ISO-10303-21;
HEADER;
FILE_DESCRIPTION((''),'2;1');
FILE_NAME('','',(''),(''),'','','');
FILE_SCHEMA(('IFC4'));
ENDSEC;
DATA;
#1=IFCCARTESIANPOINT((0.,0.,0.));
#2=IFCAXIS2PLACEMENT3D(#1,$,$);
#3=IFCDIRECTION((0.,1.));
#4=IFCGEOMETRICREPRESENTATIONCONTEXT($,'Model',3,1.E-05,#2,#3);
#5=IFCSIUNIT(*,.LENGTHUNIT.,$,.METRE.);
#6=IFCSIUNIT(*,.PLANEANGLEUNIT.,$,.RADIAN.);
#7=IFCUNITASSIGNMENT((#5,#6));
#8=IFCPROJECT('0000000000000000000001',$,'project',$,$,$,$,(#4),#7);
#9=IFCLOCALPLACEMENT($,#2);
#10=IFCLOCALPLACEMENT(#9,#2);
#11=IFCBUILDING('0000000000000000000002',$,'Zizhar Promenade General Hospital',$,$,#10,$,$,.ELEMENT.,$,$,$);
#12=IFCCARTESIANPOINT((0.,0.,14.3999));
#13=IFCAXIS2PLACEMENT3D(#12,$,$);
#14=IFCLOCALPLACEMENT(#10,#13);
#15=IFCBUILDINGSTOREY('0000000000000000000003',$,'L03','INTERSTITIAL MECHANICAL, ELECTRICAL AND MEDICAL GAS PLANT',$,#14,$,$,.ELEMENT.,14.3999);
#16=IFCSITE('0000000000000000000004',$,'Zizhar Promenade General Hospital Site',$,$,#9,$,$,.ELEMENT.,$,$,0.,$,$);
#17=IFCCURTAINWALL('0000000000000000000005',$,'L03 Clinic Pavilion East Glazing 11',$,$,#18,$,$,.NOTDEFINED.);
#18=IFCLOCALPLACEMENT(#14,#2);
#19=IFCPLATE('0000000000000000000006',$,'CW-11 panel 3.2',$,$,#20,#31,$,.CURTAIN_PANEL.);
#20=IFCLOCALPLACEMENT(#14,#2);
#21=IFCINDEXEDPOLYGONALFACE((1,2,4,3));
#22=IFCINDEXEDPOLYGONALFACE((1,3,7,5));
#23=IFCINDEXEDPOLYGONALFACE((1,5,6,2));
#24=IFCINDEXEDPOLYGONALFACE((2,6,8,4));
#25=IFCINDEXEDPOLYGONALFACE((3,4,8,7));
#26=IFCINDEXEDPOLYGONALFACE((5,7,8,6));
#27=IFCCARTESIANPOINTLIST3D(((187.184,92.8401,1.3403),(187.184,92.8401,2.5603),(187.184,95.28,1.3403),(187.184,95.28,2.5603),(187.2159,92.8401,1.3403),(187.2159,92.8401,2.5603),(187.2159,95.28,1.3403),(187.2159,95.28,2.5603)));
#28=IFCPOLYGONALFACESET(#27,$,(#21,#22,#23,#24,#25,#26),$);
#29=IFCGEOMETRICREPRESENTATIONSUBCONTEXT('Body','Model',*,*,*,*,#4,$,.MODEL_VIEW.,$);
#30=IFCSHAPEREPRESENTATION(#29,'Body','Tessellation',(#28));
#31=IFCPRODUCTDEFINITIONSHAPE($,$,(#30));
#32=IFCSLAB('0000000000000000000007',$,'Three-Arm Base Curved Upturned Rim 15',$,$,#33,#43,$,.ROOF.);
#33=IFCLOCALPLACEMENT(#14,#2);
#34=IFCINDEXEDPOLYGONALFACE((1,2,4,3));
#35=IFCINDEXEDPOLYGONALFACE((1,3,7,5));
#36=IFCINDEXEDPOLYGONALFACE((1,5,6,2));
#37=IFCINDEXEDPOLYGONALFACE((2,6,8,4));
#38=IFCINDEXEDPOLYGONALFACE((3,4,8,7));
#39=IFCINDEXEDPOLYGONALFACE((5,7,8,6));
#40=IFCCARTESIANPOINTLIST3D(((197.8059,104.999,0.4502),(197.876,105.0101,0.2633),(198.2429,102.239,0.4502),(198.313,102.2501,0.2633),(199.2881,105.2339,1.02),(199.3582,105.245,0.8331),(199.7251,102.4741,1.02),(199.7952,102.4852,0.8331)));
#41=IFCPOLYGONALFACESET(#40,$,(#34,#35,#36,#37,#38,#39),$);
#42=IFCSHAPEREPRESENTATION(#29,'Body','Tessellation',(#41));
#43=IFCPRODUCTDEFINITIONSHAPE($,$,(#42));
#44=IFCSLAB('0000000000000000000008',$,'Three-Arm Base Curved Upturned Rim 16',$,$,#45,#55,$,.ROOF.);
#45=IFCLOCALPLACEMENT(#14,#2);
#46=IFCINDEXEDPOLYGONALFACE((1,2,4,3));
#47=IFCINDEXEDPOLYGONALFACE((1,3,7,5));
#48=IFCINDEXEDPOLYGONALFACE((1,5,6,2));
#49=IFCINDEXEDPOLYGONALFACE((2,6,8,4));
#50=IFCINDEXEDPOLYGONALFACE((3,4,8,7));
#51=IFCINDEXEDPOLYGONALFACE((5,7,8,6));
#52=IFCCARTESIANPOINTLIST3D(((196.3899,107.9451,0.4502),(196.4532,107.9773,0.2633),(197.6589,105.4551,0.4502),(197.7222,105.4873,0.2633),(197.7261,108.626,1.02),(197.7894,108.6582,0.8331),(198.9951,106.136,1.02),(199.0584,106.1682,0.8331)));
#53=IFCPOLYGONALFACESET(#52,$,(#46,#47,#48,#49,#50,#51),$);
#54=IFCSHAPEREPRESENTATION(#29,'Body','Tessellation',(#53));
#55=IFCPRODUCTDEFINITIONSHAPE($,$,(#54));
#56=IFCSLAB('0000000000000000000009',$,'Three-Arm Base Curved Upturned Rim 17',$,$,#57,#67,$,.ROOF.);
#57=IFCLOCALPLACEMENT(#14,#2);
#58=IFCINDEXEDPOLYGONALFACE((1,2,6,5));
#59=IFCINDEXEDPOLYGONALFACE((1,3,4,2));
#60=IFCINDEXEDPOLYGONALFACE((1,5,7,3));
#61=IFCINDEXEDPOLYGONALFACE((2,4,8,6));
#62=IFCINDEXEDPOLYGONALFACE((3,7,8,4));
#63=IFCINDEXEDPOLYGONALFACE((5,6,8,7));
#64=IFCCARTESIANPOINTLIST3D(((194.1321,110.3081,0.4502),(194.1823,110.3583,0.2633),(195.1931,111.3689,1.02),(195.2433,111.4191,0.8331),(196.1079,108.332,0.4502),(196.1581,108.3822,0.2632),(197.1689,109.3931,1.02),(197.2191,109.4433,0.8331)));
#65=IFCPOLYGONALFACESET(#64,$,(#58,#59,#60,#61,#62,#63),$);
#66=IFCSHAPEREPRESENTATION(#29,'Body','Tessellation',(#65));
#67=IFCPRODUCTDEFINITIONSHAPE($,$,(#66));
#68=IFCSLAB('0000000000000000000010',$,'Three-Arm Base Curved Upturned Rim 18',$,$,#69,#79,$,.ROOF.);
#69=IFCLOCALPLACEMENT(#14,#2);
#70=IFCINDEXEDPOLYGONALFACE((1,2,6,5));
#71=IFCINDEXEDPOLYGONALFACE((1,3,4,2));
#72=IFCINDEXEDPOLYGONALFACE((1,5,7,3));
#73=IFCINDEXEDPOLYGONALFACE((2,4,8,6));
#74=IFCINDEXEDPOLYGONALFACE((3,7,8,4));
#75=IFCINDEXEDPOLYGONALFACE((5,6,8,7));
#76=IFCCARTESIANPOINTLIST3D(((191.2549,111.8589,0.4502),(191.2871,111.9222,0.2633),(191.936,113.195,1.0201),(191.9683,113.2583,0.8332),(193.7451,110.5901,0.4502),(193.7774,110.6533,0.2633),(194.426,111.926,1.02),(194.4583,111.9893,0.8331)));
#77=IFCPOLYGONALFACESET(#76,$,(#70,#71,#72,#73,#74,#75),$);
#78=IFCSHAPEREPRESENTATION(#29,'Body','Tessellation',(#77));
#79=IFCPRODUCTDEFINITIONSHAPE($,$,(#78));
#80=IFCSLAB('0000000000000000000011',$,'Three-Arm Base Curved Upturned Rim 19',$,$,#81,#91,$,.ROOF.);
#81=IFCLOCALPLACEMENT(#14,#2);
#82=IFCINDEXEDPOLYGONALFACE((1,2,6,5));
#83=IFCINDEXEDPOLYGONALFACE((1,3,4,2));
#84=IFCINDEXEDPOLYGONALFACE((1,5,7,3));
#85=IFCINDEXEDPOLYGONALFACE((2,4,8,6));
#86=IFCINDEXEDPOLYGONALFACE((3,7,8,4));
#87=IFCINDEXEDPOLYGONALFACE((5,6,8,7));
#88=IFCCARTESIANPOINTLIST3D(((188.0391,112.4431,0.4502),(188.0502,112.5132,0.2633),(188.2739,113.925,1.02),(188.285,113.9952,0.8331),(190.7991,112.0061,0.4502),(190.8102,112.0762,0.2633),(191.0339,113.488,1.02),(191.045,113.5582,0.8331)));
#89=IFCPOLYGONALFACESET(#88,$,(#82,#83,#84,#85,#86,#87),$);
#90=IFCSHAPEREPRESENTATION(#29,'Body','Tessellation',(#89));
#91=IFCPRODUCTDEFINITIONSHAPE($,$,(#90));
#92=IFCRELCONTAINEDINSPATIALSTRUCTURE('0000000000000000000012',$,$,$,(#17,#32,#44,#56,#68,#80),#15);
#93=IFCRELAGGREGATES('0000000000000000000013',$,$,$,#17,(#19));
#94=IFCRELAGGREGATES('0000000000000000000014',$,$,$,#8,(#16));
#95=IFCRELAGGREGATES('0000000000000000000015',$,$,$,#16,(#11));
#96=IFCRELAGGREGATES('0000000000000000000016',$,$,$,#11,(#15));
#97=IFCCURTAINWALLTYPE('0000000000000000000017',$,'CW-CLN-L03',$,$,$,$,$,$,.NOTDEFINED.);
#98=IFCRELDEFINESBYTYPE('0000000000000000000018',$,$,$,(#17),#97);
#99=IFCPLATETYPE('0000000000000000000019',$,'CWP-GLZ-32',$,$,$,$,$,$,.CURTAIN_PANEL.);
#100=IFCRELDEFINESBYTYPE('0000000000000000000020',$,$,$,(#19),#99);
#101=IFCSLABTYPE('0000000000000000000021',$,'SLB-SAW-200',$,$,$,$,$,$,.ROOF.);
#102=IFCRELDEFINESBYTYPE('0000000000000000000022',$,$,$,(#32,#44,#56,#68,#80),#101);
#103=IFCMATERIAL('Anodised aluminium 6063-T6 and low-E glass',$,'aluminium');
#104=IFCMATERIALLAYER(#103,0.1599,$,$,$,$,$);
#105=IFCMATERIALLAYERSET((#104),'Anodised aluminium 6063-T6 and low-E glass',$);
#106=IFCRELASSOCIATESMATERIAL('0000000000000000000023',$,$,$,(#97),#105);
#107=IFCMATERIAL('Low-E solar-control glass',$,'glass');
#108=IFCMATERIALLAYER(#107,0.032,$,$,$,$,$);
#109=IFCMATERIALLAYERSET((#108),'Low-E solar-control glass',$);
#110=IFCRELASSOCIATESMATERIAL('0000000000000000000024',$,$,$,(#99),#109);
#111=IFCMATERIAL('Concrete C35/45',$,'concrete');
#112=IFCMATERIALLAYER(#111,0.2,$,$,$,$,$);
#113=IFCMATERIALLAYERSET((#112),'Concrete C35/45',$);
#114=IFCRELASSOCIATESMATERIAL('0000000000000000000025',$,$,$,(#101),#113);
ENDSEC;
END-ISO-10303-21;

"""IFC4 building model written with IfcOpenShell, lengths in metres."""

from ifc_helpers import new_model, si_unit, direction, frame, origin, origin_2d, place, context, subcontext, project, spatial, polyline, rectangle, outline, extrude, material, layer, layer_set, type_object, element, aggregate, save


model = new_model("IFC4")

# Units and contexts
model_context = context("Model", 3, precision=1e-05, world=origin(), true_north=direction((0.0, 1.0)))
body_context = subcontext(model_context, "Body", "Model", "MODEL_VIEW")
ifc_project = project(units=[si_unit("LENGTHUNIT", "METRE"), si_unit("PLANEANGLEUNIT", "RADIAN")], contexts=[model_context])

# Site, building, storey
site_placement = place(None, origin())
site = spatial("IfcSite", under=ifc_project, at=site_placement, Name="Zizhar Promenade General Hospital Site", CompositionType="ELEMENT", RefElevation=0.0)
building_placement = place(site_placement, origin())
building = spatial("IfcBuilding", under=site, at=building_placement, Name="Zizhar Promenade General Hospital", CompositionType="ELEMENT")
storey_placement = place(building_placement, frame((0.0, 0.0, 14.3999)))
storey = spatial("IfcBuildingStorey", under=building, at=storey_placement, Name="L03", Description="INTERSTITIAL MECHANICAL, ELECTRICAL AND MEDICAL GAS PLANT", CompositionType="ELEMENT", Elevation=14.3999)

# Shared definitions
ifc_material_1 = material(Name="Anodised aluminium 6063-T6 and low-E glass", Category="aluminium")
ifc_layer_1 = layer(ifc_material_1, 0.1599)
ifc_layer_set_1 = layer_set([ifc_layer_1], Name="Anodised aluminium 6063-T6 and low-E glass")
curtain_wall_type = type_object("IfcCurtainWallType", Name="CW-CLN-L03", PredefinedType="NOTDEFINED", material=ifc_layer_set_1)

# Curtain wall
curtain_wall_1_placement = place(storey_placement, origin())
curtain_wall_1 = element("IfcCurtainWall", 1, at=curtain_wall_1_placement, inside=storey, type_object=curtain_wall_type, Name="L03 Clinic Pavilion East Glazing 11", PredefinedType="NOTDEFINED")

# Plate
ifc_material_2 = material(Name="Low-E solar-control glass", Category="glass")
ifc_layer_2 = layer(ifc_material_2, 0.032)
ifc_layer_set_2 = layer_set([ifc_layer_2], Name="Low-E solar-control glass")
plate_type = type_object("IfcPlateType", Name="CWP-GLZ-32", PredefinedType="CURTAIN_PANEL", material=ifc_layer_set_2)
plate_1_placement = place(storey_placement, frame((187.2, 94.0601, 1.3403), z_axis=(0.0, 0.0, 1.0), x_axis=(0.0, -1.0, 0.0)))
plate_1 = element("IfcPlate", 2, at=plate_1_placement, type_object=plate_type, Name="CW-11 panel 3.2", PredefinedType="CURTAIN_PANEL", context=body_context, shape_type="SweptSolid", body=[
    extrude(rectangle(XDim=2.4399, YDim=0.032, at=origin_2d()), origin(), (0.0, 0.0, 1.0), 1.22),
])
aggregate(curtain_wall_1, [plate_1])

# Slabs
ifc_material_3 = material(Name="Concrete C35/45", Category="concrete")
ifc_layer_3 = layer(ifc_material_3, 0.2)
ifc_layer_set_3 = layer_set([ifc_layer_3], Name="Concrete C35/45")
slab_type = type_object("IfcSlabType", Name="SLB-SAW-200", PredefinedType="ROOF", material=ifc_layer_set_3)
slab_1_placement = place(storey_placement, frame((199.7251, 102.4741, 1.02), z_axis=(-0.350611, -0.055517, 0.934874), x_axis=(-0.156401, 0.987694, -0.000002)))
element("IfcSlab", 3, at=slab_1_placement, inside=storey, type_object=slab_type, Name="Three-Arm Base Curved Upturned Rim 15", PredefinedType="ROOF", context=body_context, shape_type="SweptSolid", body=[
    extrude(outline(polyline([(0.0, 0.0), (2.7942, 0.0), (2.794, 1.6052), (-0.0004, 1.6052), (0.0, 0.0)])), origin(), (0.0, 0.0, -1.0), 0.2),
])
slab_2_placement = place(storey_placement, frame((198.9951, 106.136, 1.02), z_axis=(-0.31646, -0.161286, 0.934794), x_axis=(-0.454084, 0.890959, 0.0)))
element("IfcSlab", 4, at=slab_2_placement, inside=storey, type_object=slab_type, Name="Three-Arm Base Curved Upturned Rim 16", PredefinedType="ROOF", context=body_context, shape_type="SweptSolid", body=[
    extrude(outline(polyline([(0.0, 0.0), (2.7947, 0.0), (2.7948, 1.6043), (0.0001, 1.6043), (0.0, 0.0)])), origin(), (0.0, 0.0, -1.0), 0.2),
])
slab_3_placement = place(storey_placement, frame((197.1689, 109.3931, 1.02), z_axis=(-0.251052, -0.251037, 0.934855), x_axis=(-0.707104, 0.70711, -0.00001)))
element("IfcSlab", 5, at=slab_3_placement, inside=storey, type_object=slab_type, Name="Three-Arm Base Curved Upturned Rim 17", PredefinedType="ROOF", context=body_context, shape_type="SweptSolid", body=[
    extrude(outline(polyline([(0.0, 0.0), (2.7942, 0.0), (2.7944, 1.6049), (0.0, 1.6051), (0.0, 0.0)])), origin(), (0.0, 0.0, -1.0), 0.2),
])
slab_4_placement = place(storey_placement, frame((194.426, 111.926, 1.02), z_axis=(-0.161272, -0.316479, 0.93479), x_axis=(-0.890962, 0.454078, 0.00002)))
element("IfcSlab", 6, at=slab_4_placement, inside=storey, type_object=slab_type, Name="Three-Arm Base Curved Upturned Rim 18", PredefinedType="ROOF", context=body_context, shape_type="SweptSolid", body=[
    extrude(outline(polyline([(0.0, 0.0), (2.7947, 0.0), (2.7949, 1.6044), (0.0, 1.6041), (0.0, 0.0)])), origin(), (0.0, 0.0, -1.0), 0.2),
])
slab_5_placement = place(storey_placement, frame((191.0339, 113.488, 1.02), z_axis=(-0.055523, -0.350665, 0.934854), x_axis=(-0.987696, 0.156389, 0.0)))
element("IfcSlab", 7, at=slab_5_placement, inside=storey, type_object=slab_type, Name="Three-Arm Base Curved Upturned Rim 19", PredefinedType="ROOF", context=body_context, shape_type="SweptSolid", body=[
    extrude(outline(polyline([(0.0, 0.0), (2.7944, 0.0), (2.7946, 1.605), (0.0002, 1.605), (0.0, 0.0)])), origin(), (0.0, 0.0, -1.0), 0.2),
])

save(model, "model.ifc")
